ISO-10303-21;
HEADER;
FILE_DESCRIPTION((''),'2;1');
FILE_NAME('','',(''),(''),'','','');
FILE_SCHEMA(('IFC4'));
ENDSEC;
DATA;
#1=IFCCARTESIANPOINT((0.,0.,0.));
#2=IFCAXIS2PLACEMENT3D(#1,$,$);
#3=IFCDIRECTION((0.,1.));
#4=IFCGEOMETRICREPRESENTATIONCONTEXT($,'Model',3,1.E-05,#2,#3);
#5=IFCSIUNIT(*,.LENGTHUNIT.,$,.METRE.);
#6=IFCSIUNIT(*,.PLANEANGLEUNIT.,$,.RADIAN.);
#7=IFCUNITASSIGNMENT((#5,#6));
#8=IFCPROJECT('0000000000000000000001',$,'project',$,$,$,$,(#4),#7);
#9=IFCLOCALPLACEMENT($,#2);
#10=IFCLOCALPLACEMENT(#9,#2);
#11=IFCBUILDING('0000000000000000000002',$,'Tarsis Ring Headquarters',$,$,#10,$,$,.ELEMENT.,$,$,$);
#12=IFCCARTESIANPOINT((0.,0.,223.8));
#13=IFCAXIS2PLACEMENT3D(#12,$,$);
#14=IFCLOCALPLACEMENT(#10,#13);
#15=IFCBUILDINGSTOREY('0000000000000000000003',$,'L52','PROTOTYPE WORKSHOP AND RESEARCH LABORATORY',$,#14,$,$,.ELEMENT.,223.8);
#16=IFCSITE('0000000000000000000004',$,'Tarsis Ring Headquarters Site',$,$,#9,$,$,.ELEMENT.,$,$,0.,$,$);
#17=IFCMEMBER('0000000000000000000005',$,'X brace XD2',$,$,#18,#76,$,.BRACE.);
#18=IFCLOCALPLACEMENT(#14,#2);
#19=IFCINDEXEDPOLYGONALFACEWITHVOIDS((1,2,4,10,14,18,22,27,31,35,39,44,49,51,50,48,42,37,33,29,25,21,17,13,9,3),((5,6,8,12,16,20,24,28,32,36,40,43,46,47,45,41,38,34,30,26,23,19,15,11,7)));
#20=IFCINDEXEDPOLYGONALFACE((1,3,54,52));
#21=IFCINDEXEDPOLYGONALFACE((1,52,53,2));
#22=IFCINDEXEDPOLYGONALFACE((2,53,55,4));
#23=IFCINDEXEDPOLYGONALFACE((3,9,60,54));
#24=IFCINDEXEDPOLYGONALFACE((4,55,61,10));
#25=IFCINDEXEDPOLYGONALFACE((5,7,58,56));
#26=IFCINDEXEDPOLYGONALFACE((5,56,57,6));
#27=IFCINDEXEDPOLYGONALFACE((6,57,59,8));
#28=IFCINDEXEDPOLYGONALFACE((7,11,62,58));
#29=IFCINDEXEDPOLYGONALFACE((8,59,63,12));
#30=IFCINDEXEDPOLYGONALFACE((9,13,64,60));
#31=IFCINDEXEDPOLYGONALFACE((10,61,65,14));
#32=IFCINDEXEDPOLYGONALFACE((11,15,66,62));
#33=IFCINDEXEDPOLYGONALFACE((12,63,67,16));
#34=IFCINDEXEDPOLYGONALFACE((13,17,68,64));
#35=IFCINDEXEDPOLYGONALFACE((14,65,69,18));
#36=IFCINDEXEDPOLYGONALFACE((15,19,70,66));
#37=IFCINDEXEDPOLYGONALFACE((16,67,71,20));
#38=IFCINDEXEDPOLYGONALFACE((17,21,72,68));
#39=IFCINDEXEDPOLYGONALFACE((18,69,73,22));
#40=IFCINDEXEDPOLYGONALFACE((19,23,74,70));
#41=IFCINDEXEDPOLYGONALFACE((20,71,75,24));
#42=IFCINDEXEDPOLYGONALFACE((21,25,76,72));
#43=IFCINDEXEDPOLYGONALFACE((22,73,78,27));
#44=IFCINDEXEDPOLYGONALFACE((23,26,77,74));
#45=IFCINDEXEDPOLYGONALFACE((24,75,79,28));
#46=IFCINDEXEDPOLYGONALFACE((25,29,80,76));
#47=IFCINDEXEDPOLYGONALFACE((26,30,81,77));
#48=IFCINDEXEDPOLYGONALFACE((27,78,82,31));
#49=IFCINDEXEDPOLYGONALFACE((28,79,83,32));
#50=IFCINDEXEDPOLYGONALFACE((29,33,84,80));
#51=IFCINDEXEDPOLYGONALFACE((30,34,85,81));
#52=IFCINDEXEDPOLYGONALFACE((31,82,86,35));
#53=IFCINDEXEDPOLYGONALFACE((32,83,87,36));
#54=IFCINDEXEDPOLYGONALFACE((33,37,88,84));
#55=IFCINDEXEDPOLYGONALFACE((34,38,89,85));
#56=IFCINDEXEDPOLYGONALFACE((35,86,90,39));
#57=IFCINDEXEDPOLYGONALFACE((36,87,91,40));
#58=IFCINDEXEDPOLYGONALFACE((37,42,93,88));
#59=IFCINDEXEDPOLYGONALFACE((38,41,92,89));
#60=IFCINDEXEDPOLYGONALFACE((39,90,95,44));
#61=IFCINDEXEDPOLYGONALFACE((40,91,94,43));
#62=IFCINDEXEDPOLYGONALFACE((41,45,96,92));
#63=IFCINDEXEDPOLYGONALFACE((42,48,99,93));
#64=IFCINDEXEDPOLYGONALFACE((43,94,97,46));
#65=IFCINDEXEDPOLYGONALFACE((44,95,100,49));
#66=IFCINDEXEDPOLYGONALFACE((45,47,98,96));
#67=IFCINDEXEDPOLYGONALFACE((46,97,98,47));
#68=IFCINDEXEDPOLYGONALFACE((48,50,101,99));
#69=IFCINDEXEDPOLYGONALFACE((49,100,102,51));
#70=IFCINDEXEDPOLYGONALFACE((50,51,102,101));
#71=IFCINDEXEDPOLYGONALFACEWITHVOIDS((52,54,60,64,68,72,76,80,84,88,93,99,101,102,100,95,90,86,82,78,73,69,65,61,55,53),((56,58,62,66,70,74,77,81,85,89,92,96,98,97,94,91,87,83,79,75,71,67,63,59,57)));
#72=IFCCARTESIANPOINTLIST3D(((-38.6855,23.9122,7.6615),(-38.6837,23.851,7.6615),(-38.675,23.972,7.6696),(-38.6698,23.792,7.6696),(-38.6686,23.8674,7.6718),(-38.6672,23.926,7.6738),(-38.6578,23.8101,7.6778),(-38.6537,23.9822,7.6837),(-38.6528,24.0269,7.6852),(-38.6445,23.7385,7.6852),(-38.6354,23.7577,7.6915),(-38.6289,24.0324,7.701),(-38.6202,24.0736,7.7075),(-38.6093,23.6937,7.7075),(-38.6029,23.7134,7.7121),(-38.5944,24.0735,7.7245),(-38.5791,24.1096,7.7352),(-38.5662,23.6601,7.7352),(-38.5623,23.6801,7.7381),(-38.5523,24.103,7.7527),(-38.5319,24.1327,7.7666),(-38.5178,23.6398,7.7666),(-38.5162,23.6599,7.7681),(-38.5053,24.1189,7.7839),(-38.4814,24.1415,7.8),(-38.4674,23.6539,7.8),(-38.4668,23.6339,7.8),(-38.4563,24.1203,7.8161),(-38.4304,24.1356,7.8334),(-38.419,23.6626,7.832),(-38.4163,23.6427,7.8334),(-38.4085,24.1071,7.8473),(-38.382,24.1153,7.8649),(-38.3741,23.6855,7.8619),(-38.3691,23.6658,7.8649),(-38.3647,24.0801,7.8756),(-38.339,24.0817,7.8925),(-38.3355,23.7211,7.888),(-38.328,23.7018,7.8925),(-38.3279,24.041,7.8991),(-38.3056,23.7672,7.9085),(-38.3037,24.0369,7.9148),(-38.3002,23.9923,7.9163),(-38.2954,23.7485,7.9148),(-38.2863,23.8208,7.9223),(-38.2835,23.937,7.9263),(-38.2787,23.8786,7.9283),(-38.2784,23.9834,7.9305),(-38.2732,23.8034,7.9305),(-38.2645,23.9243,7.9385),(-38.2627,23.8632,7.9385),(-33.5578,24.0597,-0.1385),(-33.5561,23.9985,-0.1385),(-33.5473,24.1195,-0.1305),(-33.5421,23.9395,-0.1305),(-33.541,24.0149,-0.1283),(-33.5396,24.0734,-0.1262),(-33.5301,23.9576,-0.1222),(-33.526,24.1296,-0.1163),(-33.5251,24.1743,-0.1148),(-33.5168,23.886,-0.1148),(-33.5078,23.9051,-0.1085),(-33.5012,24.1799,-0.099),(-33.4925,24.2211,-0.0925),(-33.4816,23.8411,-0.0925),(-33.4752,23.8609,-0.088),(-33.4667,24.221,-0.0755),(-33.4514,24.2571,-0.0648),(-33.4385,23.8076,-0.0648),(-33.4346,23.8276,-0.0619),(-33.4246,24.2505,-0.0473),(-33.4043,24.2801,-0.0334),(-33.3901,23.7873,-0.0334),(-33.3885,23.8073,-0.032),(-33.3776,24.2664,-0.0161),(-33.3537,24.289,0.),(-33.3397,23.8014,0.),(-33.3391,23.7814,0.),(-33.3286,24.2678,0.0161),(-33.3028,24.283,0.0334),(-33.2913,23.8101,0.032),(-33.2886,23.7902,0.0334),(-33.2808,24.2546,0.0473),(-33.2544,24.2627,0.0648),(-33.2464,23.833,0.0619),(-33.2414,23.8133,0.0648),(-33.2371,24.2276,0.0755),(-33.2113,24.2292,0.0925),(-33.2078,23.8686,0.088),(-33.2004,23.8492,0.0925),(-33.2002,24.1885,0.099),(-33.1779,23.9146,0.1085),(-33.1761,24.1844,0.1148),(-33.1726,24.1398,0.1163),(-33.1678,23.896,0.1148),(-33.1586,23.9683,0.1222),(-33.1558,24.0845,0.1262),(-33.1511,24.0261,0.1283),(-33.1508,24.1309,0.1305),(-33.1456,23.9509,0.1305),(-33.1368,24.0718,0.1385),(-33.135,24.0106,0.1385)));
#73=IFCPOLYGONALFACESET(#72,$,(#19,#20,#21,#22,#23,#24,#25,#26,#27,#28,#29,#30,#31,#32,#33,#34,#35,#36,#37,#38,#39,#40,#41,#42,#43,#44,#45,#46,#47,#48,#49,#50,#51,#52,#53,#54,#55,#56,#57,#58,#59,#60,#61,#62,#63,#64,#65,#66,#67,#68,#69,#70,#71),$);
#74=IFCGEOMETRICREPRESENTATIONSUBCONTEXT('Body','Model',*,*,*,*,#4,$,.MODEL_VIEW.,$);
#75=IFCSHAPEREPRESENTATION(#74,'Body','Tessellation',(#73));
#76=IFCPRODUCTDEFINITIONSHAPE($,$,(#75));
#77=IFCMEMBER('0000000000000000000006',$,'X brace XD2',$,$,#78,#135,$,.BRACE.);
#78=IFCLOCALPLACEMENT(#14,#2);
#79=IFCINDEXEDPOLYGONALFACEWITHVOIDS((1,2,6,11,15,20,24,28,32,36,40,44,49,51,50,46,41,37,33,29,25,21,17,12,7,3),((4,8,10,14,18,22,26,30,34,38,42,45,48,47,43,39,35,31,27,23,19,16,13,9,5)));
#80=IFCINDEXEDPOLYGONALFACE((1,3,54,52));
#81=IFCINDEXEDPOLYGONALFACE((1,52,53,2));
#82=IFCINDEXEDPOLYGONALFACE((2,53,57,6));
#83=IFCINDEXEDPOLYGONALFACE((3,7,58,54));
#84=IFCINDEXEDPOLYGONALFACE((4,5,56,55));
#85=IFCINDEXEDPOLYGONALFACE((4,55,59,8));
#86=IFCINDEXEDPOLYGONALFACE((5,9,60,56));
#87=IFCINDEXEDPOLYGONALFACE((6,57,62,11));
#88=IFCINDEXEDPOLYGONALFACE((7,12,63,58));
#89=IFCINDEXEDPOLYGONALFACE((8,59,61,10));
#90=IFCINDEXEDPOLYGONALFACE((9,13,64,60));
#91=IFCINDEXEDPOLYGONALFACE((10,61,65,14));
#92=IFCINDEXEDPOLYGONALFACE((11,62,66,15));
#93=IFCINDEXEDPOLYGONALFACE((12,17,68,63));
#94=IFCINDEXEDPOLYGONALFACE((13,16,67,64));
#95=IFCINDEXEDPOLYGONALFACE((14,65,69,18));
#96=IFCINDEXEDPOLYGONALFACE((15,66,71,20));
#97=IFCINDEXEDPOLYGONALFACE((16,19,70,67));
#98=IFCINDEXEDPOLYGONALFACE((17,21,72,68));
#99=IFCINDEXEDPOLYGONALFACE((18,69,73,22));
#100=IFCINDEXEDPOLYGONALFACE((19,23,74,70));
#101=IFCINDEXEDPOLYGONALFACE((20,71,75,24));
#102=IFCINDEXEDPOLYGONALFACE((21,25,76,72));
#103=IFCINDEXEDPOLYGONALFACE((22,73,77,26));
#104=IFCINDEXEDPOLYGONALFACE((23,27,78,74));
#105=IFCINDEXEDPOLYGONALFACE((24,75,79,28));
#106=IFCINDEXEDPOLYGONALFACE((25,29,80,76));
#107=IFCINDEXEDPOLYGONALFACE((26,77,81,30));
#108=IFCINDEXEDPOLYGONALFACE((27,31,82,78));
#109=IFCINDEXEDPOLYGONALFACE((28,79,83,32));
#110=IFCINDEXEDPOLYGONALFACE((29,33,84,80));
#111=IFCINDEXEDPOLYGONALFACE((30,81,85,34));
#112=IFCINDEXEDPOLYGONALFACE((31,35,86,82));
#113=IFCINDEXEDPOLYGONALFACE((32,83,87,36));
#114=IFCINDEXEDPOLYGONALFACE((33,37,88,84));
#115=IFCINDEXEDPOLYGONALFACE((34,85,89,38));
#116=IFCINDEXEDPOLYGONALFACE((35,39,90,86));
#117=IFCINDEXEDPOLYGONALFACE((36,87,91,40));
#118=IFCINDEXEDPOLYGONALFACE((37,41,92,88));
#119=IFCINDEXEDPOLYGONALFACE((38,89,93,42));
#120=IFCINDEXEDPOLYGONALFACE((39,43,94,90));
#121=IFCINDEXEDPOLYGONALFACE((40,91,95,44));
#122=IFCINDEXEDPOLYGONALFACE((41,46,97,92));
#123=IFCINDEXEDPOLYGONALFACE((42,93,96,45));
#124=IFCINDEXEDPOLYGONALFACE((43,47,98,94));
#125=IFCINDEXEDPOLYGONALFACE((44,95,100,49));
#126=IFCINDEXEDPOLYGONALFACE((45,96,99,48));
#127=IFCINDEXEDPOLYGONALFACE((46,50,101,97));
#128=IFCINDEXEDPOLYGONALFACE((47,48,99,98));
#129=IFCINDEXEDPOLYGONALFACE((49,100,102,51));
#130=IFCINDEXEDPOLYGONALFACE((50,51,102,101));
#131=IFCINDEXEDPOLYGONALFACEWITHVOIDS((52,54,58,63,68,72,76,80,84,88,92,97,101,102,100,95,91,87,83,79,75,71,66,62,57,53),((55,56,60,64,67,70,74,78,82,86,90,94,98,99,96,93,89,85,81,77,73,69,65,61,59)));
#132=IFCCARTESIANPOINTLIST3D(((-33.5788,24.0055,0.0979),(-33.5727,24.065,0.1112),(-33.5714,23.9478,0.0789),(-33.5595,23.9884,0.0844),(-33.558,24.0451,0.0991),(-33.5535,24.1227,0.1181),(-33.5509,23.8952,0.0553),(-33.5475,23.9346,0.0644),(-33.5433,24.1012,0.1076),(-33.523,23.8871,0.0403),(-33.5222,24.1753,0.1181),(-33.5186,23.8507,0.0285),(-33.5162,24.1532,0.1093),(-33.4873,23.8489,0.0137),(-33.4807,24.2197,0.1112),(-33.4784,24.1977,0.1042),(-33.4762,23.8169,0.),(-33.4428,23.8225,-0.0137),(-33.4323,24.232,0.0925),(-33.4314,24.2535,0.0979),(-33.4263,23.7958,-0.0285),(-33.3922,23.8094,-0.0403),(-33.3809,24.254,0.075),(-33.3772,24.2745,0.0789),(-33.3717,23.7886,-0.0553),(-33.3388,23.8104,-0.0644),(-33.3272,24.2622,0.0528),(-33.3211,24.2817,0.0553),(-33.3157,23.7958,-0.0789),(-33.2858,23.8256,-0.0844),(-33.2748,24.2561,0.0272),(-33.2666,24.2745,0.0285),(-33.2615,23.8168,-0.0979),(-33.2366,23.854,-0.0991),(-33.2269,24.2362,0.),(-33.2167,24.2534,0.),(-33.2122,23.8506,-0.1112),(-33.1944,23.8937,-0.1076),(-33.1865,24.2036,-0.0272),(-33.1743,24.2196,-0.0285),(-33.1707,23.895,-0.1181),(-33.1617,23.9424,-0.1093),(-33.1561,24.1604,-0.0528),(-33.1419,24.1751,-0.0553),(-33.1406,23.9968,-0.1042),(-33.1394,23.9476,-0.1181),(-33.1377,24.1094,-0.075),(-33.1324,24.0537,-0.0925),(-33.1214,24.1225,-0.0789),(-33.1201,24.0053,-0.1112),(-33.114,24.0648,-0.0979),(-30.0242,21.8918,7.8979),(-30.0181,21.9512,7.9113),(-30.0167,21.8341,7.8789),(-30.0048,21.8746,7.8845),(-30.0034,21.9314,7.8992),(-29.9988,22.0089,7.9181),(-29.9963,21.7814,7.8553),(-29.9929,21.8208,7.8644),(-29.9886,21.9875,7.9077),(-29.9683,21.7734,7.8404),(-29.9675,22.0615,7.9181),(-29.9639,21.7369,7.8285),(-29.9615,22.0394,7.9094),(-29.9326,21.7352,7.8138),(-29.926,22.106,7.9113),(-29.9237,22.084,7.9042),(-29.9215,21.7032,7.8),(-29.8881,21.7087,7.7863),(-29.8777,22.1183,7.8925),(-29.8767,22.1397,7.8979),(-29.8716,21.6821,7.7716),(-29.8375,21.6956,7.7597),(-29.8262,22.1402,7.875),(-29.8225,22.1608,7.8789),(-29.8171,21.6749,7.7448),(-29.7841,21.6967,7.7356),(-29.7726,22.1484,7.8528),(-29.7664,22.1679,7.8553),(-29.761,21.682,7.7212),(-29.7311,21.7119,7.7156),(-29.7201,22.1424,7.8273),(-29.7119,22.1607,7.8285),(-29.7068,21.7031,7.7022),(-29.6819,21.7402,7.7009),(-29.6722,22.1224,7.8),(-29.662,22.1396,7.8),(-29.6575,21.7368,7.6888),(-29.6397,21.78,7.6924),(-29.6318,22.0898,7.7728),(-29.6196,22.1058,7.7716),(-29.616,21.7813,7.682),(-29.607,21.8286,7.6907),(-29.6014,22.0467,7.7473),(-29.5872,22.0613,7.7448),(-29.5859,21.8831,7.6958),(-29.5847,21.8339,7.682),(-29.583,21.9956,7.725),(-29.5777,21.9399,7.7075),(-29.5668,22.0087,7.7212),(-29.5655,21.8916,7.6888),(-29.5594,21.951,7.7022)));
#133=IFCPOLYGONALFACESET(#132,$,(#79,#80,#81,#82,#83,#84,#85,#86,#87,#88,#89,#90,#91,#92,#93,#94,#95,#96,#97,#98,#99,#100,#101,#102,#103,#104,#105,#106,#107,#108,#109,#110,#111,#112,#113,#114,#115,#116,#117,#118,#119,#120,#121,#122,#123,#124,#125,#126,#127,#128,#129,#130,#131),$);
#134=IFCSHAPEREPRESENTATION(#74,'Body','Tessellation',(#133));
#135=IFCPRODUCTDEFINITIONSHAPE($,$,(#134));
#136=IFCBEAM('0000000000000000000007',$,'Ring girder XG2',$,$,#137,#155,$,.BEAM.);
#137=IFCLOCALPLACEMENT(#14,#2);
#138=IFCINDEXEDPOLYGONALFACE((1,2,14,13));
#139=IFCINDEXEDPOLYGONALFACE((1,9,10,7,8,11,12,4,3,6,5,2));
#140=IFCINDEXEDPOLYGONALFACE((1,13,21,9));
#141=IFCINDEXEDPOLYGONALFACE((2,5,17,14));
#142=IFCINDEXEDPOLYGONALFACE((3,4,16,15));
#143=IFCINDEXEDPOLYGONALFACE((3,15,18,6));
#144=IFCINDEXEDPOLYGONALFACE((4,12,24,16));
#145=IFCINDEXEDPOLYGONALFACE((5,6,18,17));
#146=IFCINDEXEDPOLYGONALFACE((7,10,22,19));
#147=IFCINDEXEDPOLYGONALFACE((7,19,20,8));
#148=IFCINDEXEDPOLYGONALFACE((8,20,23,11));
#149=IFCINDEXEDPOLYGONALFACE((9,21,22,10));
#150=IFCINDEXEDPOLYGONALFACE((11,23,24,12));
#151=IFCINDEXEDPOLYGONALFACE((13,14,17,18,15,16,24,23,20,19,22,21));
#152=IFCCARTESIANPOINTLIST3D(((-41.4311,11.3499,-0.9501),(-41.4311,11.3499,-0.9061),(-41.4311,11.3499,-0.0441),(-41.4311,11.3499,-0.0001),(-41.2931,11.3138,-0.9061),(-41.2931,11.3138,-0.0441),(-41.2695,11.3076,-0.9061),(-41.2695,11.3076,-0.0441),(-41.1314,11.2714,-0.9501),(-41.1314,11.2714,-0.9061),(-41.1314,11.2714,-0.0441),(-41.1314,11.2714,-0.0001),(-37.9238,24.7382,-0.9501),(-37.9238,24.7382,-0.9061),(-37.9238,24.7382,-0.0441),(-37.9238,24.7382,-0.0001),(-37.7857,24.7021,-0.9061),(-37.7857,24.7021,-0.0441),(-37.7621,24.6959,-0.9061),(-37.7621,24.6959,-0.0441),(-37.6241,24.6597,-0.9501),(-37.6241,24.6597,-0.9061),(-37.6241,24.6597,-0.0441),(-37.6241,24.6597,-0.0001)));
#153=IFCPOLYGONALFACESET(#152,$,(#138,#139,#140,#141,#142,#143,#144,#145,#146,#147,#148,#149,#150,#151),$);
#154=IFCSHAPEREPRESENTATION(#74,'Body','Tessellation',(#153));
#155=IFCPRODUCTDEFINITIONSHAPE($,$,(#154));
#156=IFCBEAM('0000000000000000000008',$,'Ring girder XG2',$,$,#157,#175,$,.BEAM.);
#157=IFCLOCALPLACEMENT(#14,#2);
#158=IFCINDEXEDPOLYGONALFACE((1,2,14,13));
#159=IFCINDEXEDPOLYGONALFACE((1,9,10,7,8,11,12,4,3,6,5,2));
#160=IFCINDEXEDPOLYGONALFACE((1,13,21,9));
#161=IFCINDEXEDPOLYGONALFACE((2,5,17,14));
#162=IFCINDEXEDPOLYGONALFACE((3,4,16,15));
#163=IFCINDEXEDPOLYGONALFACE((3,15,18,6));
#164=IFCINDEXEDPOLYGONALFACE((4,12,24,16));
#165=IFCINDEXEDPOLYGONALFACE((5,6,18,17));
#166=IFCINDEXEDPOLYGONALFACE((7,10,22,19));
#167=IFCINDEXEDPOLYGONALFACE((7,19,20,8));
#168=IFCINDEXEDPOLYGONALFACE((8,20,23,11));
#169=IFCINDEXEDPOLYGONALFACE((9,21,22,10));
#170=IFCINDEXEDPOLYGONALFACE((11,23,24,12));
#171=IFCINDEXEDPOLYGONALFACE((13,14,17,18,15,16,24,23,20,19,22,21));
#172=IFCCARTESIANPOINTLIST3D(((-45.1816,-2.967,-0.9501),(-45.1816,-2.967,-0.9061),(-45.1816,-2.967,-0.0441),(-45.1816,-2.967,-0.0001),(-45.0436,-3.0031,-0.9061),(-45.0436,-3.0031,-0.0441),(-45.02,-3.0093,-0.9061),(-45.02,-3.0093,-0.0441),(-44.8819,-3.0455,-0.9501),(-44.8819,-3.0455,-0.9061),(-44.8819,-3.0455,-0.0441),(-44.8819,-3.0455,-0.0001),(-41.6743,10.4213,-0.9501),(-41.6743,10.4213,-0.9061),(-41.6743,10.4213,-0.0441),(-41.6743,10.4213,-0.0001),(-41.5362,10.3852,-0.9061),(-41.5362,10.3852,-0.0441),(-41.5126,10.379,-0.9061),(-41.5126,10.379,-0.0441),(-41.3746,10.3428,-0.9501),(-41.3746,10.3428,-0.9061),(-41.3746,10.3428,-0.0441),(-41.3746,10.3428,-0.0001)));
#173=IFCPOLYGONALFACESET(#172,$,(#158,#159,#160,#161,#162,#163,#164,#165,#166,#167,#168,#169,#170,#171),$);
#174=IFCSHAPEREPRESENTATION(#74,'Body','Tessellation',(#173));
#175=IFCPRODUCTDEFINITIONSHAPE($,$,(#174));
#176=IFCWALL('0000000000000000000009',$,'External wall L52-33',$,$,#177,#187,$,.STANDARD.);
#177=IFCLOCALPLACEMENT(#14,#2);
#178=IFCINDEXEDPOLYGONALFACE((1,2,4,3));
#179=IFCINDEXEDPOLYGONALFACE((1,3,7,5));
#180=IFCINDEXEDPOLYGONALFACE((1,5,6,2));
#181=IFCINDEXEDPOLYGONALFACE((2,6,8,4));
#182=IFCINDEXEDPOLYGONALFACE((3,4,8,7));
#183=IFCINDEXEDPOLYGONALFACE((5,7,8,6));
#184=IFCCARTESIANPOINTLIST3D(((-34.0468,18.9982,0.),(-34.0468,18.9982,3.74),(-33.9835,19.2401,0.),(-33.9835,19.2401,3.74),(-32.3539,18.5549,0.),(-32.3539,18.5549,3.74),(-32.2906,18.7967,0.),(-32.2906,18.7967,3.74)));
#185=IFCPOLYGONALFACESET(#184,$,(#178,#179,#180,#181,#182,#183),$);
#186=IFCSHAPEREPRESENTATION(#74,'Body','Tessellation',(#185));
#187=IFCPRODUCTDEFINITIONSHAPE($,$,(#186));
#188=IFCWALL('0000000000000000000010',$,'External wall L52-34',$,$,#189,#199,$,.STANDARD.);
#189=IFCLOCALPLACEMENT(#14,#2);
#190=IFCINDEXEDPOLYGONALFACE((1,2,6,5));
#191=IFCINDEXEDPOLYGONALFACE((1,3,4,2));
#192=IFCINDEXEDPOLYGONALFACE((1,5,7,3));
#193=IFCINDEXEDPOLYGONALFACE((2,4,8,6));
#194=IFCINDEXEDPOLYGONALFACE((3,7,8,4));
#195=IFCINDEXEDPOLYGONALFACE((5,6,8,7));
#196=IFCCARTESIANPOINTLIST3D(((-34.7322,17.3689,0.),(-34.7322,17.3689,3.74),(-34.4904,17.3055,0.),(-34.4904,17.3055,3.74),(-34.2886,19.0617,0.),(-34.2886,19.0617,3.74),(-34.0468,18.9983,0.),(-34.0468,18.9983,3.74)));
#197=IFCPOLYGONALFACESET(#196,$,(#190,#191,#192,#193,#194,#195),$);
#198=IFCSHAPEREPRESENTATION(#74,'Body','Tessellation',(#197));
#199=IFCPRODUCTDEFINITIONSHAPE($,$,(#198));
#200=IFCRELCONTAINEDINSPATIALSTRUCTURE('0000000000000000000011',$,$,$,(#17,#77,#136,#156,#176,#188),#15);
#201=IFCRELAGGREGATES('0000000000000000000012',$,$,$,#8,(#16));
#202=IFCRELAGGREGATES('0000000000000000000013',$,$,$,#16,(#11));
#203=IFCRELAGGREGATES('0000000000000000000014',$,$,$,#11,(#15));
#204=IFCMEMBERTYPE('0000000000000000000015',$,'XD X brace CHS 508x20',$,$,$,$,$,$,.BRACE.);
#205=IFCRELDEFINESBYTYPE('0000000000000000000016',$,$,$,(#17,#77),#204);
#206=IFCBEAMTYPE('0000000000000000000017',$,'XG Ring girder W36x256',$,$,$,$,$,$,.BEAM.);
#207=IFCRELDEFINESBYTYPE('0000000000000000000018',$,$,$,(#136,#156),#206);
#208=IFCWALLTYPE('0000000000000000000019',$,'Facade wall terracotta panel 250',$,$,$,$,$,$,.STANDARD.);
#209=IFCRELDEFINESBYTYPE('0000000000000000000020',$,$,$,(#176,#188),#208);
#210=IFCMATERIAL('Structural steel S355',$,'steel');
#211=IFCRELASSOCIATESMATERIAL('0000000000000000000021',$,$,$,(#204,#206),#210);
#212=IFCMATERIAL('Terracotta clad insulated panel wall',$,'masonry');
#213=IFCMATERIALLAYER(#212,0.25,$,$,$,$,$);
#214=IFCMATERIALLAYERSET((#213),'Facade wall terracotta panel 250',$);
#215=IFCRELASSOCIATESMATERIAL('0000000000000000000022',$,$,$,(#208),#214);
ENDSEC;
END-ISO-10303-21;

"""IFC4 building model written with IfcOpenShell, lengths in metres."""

from ifc_helpers import new_model, si_unit, direction, frame, frame_2d, origin, origin_2d, place, context, subcontext, project, spatial, rectangle, hollow_circle, i_section, extrude, material, layer, layer_set, material_profile, profile_set, type_object, element, save


model = new_model("IFC4")

# Units and contexts
model_context = context("Model", 3, precision=1e-05, world=origin(), true_north=direction((0.0, 1.0)))
body_context = subcontext(model_context, "Body", "Model", "MODEL_VIEW")
ifc_project = project(units=[si_unit("LENGTHUNIT", "METRE"), si_unit("PLANEANGLEUNIT", "RADIAN")], contexts=[model_context])

# Site, building, storey
site_placement = place(None, origin())
site = spatial("IfcSite", under=ifc_project, at=site_placement, Name="Tarsis Ring Headquarters Site", CompositionType="ELEMENT", RefElevation=0.0)
building_placement = place(site_placement, origin())
building = spatial("IfcBuilding", under=site, at=building_placement, Name="Tarsis Ring Headquarters", CompositionType="ELEMENT")
storey_placement = place(building_placement, frame((0.0, 0.0, 223.8)))
storey = spatial("IfcBuildingStorey", under=building, at=storey_placement, Name="L52", Description="PROTOTYPE WORKSHOP AND RESEARCH LABORATORY", CompositionType="ELEMENT", Elevation=223.8)

# Shared definitions
ifc_material_1 = material(Name="Structural steel S355", Category="steel")

# Shared definitions
ifc_material_profile_1 = material_profile(ifc_material_1, i_section(OverallWidth=0.3098, OverallDepth=0.95, WebThickness=0.0244, FlangeThickness=0.0439, at=origin_2d()), Name="W36x256")
ifc_profile_set_1 = profile_set([ifc_material_profile_1], Name="Structural steel S355")

# Members
ifc_material_profile_2 = material_profile(ifc_material_1, hollow_circle(Radius=0.2539, WallThickness=0.02, at=origin_2d()), Name="CHS 508x20")
ifc_profile_set_2 = profile_set([ifc_material_profile_2], Name="Structural steel S355")
member_type = type_object("IfcMemberType", Name="XD X brace CHS 508x20", PredefinedType="BRACE", material=ifc_profile_set_2)
member_1_placement = place(storey_placement, frame((-33.3464, 24.0352, 0.0), z_axis=(-0.549254, -0.015795, 0.835506), x_axis=(0.028746, -0.999587, 0.0)))
element("IfcMember", 1, at=member_1_placement, inside=storey, type_object=member_type, Name="X brace XD2", PredefinedType="BRACE", context=body_context, shape_type="SweptSolid", body=[
    extrude(hollow_circle(Radius=0.2539, WallThickness=0.02, at=origin_2d()), origin(), (0.0, 0.0, 1.0), 9.3357),
])
member_2_placement = place(storey_placement, frame((-33.3464, 24.0352, 0.0), z_axis=(0.402632, -0.239422, 0.883496), x_axis=(0.511106, 0.859518, 0.0)))
element("IfcMember", 2, at=member_2_placement, inside=storey, type_object=member_type, Name="X brace XD2", PredefinedType="BRACE", context=body_context, shape_type="SweptSolid", body=[
    extrude(hollow_circle(Radius=0.2539, WallThickness=0.02, at=origin_2d()), origin(), (0.0, 0.0, 1.0), 8.8286),
])

# Beams
beam_type_1 = type_object("IfcBeamType", Name="XG Ring girder W36x256", PredefinedType="BEAM", material=ifc_profile_set_1)
for number, where, z_axis, x_axis, name in (
    (3, (-37.7739, 24.699, -0.4751), (-0.25342, -0.967356, 0.0), (0.967356, -0.25342, 0.0), "Ring girder XG2"),
    (4, (-41.5244, 10.3821, -0.4751), (-0.25342, -0.967356, 0.0), (0.967356, -0.25342, 0.0), "Ring girder XG2"),
):
    element("IfcBeam", number, at=place(storey_placement, frame(where, z_axis=z_axis, x_axis=x_axis)), inside=storey, type_object=beam_type_1, Name=name, PredefinedType="BEAM", context=body_context, shape_type="SweptSolid", body=[
        extrude(i_section(OverallWidth=0.3098, OverallDepth=0.95, WebThickness=0.0244, FlangeThickness=0.0439, at=origin_2d()), origin(), (0.0, 0.0, 1.0), 13.8401),
    ])

# Walls
ifc_material_2 = material(Name="Terracotta clad insulated panel wall", Category="masonry")
ifc_layer = layer(ifc_material_2, 0.25)
ifc_layer_set = layer_set([ifc_layer], Name="Facade wall terracotta panel 250")
wall_type = type_object("IfcWallType", Name="Facade wall terracotta panel 250", PredefinedType="STANDARD", material=ifc_layer_set)
for number, where, z_axis, x_axis, name in (
    (5, (-32.3223, 18.6758, 0.0), (0.0, 0.0, 1.0), (-0.967374, 0.253353, 0.0), "External wall L52-33"),
    (6, (-34.1677, 19.03, 0.0), (0.0, 0.0, 1.0), (-0.253484, -0.96734, 0.0), "External wall L52-34"),
):
    element("IfcWall", number, at=place(storey_placement, frame(where, z_axis=z_axis, x_axis=x_axis)), inside=storey, type_object=wall_type, Name=name, PredefinedType="STANDARD", context=body_context, shape_type="SweptSolid", body=[
        extrude(rectangle(XDim=1.75, YDim=0.25, at=frame_2d((0.875, 0.0))), origin(), (0.0, 0.0, 1.0), 3.74),
    ])

save(model, "model.ifc")
